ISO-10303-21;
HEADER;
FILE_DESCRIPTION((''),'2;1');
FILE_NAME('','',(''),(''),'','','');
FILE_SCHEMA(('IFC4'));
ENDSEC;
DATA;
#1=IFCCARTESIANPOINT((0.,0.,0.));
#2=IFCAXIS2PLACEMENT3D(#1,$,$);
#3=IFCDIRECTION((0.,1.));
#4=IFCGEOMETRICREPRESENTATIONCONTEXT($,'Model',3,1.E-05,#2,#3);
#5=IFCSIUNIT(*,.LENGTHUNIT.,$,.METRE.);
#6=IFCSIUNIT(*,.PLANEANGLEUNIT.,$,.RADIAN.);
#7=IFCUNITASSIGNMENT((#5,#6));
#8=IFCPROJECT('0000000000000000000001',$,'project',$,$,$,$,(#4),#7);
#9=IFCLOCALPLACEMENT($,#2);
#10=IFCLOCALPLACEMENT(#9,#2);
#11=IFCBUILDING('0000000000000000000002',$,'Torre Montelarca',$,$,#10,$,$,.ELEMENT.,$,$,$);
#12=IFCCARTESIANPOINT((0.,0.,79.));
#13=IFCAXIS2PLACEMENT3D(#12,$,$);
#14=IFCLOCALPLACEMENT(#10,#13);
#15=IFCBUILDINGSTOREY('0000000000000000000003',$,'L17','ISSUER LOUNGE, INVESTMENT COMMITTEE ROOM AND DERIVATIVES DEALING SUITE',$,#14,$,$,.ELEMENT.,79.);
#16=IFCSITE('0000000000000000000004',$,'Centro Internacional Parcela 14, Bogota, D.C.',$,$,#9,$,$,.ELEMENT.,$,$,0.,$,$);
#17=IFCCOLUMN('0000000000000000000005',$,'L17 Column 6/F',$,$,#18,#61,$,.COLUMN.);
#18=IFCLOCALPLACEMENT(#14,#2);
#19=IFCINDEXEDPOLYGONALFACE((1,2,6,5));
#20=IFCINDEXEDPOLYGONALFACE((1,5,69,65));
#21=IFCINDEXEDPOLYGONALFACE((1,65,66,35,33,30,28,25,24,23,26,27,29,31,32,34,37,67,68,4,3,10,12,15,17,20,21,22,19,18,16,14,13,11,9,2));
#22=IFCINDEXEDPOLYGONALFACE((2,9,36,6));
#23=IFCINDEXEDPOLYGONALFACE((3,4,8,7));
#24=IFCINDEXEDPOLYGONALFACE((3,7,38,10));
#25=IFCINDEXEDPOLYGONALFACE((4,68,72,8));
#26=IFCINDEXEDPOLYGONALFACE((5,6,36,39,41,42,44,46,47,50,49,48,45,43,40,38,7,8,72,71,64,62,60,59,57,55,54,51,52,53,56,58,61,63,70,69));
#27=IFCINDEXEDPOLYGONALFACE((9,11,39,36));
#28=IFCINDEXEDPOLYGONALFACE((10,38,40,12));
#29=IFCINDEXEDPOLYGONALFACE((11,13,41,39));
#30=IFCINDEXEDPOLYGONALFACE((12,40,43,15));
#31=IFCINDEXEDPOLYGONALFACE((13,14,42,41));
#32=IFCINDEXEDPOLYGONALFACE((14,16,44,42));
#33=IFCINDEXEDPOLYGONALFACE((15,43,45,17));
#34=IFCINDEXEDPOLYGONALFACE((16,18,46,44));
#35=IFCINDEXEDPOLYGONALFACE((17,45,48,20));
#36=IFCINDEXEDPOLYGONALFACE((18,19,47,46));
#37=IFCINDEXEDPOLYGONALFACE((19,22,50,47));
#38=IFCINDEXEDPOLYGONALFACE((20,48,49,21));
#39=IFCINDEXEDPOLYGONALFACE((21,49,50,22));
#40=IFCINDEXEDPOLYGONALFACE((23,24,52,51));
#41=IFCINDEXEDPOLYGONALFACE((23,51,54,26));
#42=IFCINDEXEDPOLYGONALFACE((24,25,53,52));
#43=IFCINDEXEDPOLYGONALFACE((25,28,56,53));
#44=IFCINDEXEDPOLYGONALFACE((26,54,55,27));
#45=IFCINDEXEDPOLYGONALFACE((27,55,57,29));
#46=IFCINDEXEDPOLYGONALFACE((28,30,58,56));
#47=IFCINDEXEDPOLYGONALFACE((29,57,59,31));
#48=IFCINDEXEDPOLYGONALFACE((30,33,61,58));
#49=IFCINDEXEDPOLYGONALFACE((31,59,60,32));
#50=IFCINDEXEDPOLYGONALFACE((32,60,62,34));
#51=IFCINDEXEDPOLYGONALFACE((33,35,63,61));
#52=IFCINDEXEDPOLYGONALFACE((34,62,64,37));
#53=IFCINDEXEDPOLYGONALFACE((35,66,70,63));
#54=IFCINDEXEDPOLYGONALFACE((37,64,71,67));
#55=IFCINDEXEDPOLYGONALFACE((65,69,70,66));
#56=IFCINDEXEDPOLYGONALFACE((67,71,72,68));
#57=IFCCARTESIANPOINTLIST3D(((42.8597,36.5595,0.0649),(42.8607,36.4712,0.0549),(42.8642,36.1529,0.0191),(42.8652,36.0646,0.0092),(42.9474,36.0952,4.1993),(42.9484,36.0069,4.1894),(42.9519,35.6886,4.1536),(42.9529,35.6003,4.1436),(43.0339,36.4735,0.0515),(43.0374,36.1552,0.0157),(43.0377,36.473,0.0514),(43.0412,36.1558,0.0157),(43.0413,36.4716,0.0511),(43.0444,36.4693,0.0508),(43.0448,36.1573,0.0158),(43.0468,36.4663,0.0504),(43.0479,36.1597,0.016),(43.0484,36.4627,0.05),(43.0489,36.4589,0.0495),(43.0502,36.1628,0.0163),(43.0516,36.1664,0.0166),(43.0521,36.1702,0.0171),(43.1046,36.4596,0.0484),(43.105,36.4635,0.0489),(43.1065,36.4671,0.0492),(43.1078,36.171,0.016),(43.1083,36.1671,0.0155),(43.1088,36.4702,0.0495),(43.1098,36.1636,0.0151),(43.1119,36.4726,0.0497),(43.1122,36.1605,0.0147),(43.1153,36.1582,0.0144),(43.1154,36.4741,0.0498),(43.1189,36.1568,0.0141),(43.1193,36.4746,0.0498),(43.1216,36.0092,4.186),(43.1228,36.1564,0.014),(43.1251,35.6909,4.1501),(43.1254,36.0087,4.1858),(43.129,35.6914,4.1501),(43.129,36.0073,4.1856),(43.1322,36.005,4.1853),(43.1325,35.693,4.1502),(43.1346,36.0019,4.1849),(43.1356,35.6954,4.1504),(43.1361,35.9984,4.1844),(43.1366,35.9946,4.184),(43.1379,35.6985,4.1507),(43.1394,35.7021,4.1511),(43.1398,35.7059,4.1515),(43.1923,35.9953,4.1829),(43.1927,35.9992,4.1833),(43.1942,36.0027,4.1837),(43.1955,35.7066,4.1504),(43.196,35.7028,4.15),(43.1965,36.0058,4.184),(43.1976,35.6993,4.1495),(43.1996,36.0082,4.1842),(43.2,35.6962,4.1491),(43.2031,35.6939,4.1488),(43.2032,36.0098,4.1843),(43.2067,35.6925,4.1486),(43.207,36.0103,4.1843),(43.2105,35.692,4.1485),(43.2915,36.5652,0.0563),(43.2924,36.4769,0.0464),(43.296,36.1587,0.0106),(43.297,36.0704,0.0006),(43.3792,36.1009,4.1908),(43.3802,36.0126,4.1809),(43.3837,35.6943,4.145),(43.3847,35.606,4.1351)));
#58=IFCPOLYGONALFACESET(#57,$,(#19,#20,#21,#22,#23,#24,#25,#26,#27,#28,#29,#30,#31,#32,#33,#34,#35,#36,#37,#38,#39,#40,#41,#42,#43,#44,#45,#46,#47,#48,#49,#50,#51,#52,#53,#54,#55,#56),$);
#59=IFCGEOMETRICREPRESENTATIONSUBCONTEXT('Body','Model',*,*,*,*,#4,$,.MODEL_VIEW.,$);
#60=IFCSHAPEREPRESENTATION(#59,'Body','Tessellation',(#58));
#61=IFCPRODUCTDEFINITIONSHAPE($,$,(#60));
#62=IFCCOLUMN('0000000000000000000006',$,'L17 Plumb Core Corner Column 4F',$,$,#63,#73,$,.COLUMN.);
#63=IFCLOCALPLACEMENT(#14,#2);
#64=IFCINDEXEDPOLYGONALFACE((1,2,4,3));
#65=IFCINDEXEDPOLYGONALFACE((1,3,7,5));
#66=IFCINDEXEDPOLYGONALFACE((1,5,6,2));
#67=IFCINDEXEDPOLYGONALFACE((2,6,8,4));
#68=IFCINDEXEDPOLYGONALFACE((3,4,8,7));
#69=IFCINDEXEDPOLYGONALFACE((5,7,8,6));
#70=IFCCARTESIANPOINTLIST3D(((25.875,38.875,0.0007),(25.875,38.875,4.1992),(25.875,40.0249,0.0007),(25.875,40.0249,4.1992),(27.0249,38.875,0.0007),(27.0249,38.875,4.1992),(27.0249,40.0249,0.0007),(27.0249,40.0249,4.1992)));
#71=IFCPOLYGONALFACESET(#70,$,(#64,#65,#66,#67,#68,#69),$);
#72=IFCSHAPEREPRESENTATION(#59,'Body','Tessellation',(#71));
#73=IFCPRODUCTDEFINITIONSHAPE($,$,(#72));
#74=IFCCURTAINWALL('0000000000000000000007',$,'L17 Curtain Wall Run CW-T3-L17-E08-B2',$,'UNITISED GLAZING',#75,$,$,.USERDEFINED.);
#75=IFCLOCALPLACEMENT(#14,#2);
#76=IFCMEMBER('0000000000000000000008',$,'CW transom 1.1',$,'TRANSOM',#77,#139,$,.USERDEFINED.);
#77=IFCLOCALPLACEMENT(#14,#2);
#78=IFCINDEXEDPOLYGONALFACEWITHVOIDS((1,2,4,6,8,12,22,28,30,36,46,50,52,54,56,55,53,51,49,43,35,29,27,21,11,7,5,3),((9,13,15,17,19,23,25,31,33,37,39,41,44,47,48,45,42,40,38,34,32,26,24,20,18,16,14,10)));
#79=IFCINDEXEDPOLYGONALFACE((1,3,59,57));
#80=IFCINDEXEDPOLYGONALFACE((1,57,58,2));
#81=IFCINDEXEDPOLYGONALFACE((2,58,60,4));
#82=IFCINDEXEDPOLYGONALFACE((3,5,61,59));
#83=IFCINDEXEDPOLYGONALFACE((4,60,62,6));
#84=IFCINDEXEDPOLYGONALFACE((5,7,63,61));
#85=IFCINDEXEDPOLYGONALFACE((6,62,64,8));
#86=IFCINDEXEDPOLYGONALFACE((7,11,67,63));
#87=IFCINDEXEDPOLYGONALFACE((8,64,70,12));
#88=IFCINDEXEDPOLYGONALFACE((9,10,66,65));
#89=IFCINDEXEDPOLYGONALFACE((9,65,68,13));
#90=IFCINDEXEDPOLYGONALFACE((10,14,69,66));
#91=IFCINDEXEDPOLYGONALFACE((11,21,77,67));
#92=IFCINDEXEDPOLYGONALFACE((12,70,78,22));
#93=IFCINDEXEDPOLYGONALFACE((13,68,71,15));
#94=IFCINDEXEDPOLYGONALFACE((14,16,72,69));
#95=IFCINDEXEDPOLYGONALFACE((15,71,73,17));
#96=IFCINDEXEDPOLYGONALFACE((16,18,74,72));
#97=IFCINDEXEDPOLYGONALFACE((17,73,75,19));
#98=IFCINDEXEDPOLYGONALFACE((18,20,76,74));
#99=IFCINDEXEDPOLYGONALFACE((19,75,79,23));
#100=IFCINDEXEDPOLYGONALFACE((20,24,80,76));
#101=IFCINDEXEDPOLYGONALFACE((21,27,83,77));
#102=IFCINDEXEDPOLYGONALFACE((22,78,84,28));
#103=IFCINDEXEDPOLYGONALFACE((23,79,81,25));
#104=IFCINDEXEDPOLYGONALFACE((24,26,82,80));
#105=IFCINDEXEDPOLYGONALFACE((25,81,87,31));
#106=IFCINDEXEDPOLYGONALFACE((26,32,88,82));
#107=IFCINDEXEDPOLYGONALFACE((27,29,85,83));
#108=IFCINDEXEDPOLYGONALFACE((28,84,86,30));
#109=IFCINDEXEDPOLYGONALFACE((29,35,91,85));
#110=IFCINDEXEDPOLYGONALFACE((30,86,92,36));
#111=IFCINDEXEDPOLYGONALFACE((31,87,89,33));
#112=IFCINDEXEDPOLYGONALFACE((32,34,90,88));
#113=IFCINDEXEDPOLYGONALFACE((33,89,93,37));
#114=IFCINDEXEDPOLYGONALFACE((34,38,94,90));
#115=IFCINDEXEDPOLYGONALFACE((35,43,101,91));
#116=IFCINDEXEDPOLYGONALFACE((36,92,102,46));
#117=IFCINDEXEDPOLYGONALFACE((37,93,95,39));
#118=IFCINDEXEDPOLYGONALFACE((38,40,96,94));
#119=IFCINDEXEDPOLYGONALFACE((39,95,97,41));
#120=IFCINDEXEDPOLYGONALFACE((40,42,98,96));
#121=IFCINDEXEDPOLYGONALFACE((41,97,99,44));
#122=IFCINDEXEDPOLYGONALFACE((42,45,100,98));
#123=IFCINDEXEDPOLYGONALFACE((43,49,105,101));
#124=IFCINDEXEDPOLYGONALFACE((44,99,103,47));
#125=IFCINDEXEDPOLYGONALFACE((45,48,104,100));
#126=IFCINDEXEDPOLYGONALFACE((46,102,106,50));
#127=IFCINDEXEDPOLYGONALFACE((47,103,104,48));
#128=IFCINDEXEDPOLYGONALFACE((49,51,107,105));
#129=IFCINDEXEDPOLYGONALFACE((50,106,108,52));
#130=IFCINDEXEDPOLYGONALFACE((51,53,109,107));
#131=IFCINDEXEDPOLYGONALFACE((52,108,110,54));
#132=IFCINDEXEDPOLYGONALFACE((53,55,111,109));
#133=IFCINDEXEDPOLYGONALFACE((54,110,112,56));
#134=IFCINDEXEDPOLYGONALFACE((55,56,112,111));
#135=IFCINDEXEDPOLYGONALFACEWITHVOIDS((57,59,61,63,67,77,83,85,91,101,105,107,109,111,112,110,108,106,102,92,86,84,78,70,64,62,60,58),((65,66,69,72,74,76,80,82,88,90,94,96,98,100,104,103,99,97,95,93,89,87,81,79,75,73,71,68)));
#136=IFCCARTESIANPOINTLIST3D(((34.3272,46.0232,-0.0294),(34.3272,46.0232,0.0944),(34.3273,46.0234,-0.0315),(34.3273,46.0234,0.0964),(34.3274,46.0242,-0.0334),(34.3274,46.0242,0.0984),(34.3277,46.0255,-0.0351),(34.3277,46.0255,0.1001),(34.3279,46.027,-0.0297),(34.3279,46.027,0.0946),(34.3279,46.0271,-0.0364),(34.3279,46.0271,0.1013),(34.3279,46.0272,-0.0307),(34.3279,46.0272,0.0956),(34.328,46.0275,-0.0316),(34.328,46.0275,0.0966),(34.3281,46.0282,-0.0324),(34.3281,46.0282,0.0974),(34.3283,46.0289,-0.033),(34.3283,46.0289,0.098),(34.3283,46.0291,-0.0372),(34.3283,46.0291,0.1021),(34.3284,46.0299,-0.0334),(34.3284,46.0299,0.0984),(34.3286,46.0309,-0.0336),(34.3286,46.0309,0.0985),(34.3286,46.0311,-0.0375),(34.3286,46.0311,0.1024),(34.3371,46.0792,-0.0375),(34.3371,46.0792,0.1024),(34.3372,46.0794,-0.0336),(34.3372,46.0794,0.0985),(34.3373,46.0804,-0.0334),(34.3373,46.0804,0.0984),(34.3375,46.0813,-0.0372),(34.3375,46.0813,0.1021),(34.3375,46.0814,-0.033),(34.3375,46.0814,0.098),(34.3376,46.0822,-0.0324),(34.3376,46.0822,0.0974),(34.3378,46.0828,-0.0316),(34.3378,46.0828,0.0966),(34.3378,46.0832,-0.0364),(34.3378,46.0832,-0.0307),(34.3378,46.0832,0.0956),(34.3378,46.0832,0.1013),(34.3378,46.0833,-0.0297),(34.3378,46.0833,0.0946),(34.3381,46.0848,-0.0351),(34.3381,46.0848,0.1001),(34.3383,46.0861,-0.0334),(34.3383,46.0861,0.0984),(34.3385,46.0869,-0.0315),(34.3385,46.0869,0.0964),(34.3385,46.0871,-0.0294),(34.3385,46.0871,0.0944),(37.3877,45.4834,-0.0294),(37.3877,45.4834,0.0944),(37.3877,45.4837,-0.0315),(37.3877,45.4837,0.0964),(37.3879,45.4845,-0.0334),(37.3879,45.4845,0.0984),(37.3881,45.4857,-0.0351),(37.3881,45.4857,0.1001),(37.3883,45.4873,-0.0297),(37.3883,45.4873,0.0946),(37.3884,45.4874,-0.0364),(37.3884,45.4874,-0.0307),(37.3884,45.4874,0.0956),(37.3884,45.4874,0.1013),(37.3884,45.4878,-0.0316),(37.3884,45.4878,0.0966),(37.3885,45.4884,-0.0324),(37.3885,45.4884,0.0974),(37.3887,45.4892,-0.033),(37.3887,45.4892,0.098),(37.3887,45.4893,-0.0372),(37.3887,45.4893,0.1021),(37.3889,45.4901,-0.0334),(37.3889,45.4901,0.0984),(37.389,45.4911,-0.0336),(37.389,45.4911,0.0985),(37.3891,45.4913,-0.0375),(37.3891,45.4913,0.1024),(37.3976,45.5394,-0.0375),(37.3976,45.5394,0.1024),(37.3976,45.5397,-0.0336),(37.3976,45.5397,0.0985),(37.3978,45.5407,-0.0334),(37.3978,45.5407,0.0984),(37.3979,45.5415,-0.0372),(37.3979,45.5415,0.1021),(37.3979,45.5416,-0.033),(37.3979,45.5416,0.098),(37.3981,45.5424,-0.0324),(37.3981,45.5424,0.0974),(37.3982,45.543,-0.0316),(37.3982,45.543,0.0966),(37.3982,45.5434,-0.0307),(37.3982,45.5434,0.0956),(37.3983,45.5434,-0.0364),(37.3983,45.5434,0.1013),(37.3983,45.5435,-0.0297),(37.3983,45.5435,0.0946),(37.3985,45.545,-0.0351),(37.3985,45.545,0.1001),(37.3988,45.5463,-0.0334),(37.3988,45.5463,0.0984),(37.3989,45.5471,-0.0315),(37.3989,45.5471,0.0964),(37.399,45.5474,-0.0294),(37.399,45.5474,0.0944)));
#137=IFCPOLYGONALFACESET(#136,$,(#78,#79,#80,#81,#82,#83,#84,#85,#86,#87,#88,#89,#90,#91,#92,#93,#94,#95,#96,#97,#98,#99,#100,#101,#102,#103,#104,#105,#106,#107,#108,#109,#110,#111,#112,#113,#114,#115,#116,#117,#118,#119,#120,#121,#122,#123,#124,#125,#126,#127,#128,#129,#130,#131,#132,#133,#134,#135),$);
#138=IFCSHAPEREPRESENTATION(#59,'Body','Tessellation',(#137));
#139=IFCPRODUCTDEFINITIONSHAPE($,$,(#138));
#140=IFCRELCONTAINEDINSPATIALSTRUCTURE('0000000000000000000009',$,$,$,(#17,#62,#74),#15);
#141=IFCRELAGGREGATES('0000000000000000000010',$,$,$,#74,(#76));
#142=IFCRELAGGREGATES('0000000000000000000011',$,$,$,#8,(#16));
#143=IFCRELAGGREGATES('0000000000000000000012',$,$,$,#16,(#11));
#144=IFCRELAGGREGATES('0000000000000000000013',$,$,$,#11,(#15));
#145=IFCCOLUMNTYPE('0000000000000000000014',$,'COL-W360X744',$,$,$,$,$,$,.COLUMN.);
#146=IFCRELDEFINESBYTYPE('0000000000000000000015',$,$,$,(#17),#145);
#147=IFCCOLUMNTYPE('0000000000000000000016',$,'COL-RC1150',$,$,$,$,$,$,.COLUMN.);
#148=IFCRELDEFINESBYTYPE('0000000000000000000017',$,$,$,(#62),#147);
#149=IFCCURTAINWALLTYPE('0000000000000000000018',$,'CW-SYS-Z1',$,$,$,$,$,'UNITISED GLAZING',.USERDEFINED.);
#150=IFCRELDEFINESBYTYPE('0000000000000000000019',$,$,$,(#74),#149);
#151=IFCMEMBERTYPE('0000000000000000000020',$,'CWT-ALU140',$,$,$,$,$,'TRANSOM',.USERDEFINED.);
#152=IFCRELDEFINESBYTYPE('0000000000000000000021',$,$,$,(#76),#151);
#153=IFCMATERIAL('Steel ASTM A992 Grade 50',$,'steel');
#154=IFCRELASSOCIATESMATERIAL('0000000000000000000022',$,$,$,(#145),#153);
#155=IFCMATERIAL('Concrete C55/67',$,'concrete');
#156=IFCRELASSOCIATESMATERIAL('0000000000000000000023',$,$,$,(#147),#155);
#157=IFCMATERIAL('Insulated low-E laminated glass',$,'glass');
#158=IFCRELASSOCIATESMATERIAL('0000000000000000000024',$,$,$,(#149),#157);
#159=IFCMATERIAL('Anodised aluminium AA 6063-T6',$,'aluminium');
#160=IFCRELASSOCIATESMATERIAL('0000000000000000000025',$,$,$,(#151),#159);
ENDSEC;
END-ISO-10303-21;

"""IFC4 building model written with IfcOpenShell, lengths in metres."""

from ifc_helpers import new_model, si_unit, direction, frame, origin, origin_2d, place, context, subcontext, project, spatial, rectangle, hollow_rectangle, i_section, extrude, clip, halfspace, source, transform, mapped, material, material_profile, profile_set, type_object, element, aggregate, save


model = new_model("IFC4")

# Units and contexts
model_context = context("Model", 3, precision=1e-05, world=origin(), true_north=direction((0.0, 1.0)))
body_context = subcontext(model_context, "Body", "Model", "MODEL_VIEW")
ifc_project = project(units=[si_unit("LENGTHUNIT", "METRE"), si_unit("PLANEANGLEUNIT", "RADIAN")], contexts=[model_context])

# Site, building, storey
site_placement = place(None, origin())
site = spatial("IfcSite", under=ifc_project, at=site_placement, Name="Centro Internacional Parcela 14, Bogota, D.C.", CompositionType="ELEMENT", RefElevation=0.0)
building_placement = place(site_placement, origin())
building = spatial("IfcBuilding", under=site, at=building_placement, Name="Torre Montelarca", CompositionType="ELEMENT")
storey_placement = place(building_placement, frame((0.0, 0.0, 79.0)))
storey = spatial("IfcBuildingStorey", under=building, at=storey_placement, Name="L17", Description="ISSUER LOUNGE, INVESTMENT COMMITTEE ROOM AND DERIVATIVES DEALING SUITE", CompositionType="ELEMENT", Elevation=79.0)

# Columns
ifc_material_1 = material(Name="Steel ASTM A992 Grade 50", Category="steel")
ifc_material_profile_1 = material_profile(ifc_material_1, i_section(OverallWidth=0.4319, OverallDepth=0.498, WebThickness=0.0557, FlangeThickness=0.0889, FilletRadius=0.0149, at=origin_2d()), Name="W360X744", Category="steel")
ifc_profile_set_1 = profile_set([ifc_material_profile_1], Name="Steel ASTM A992 Grade 50")
column_type_1 = type_object("IfcColumnType", Name="COL-W360X744", PredefinedType="COLUMN", material=ifc_profile_set_1)
column_1_placement = place(storey_placement, frame((43.0776, 36.3186, 0.0), z_axis=(0.02108, -0.11158, 0.993532), x_axis=(-0.999717, -0.013293, 0.019718)))
element("IfcColumn", 1, at=column_1_placement, inside=storey, type_object=column_type_1, Name="L17 Column 6/F", PredefinedType="COLUMN", context=body_context, shape_type="Clipping", body=[
    clip(clip(extrude(i_section(OverallWidth=0.4319, OverallDepth=0.498, WebThickness=0.0557, FlangeThickness=0.0889, FilletRadius=0.0149, at=origin_2d()), origin(), (0.0, 0.0, 1.0), 4.2273), halfspace(frame((0.0, 0.0, 0.033), z_axis=(0.0, 0.0, -1.0), x_axis=(1.0, 0.0, 0.0)), False)), halfspace(frame((0.0, 0.0, 4.1943), z_axis=(0.0, 0.0, 1.0), x_axis=(1.0, 0.0, 0.0)), False)),
])
ifc_material_2 = material(Name="Concrete C55/67", Category="concrete")
ifc_material_profile_2 = material_profile(ifc_material_2, rectangle(XDim=1.1499, YDim=1.1499, at=origin_2d()), Name="RC1150X1150", Category="concrete")
ifc_profile_set_2 = profile_set([ifc_material_profile_2], Name="Concrete C55/67")
column_type_2 = type_object("IfcColumnType", Name="COL-RC1150", PredefinedType="COLUMN", material=ifc_profile_set_2)
shared_shape_1 = source(origin(), body_context, "Body", "SweptSolid", [
    extrude(rectangle(XDim=1.1499, YDim=1.1499, at=origin_2d()), origin(), (0.0, 0.0, 1.0), 4.1985),
])
column_2_placement = place(storey_placement, frame((26.45, 39.45, 0.0007), z_axis=(0.0, 0.0, 1.0), x_axis=(1.0, 0.0, 0.0)))
element("IfcColumn", 2, at=column_2_placement, inside=storey, type_object=column_type_2, Name="L17 Plumb Core Corner Column 4F", PredefinedType="COLUMN", context=body_context, shape_type="MappedRepresentation", body=[
    mapped(shared_shape_1, transform((0.0, 0.0, 0.0), scale=1.0)),
])

# Curtain wall, member
ifc_material_3 = material(Name="Insulated low-E laminated glass", Category="glass")
curtain_wall_type = type_object("IfcCurtainWallType", Name="CW-SYS-Z1", ElementType="UNITISED GLAZING", PredefinedType="USERDEFINED", material=ifc_material_3)
curtain_wall_1_placement = place(storey_placement, origin())
curtain_wall_1 = element("IfcCurtainWall", 3, at=curtain_wall_1_placement, inside=storey, type_object=curtain_wall_type, Name="L17 Curtain Wall Run CW-T3-L17-E08-B2", ObjectType="UNITISED GLAZING", PredefinedType="USERDEFINED")
ifc_material_4 = material(Name="Anodised aluminium AA 6063-T6", Category="aluminium")
ifc_material_profile_3 = material_profile(ifc_material_4, hollow_rectangle(XDim=0.0649, YDim=0.1399, WallThickness=0.0039, InnerFilletRadius=0.0039, OuterFilletRadius=0.0081, at=origin_2d()), Name="ALU65X140X4", Category="aluminium")
ifc_profile_set_3 = profile_set([ifc_material_profile_3], Name="Anodised aluminium AA 6063-T6")
member_type_1 = type_object("IfcMemberType", Name="CWT-ALU140", ElementType="TRANSOM", PredefinedType="USERDEFINED", material=ifc_profile_set_3)
shared_shape_2 = source(origin(), body_context, "Body", "SweptSolid", [
    extrude(hollow_rectangle(XDim=0.0649, YDim=0.1399, WallThickness=0.0039, InnerFilletRadius=0.0039, OuterFilletRadius=0.0081, at=origin_2d()), origin(), (0.0, 0.0, 1.0), 3.1077),
])
member_1_placement = place(storey_placement, frame((37.3933, 45.5154, 0.0325), z_axis=(-0.9848, 0.173691, 0.0), x_axis=(-0.173691, -0.9848, 0.0)))
member_1 = element("IfcMember", 4, at=member_1_placement, type_object=member_type_1, Name="CW transom 1.1", ObjectType="TRANSOM", PredefinedType="USERDEFINED", context=body_context, shape_type="MappedRepresentation", body=[
    mapped(shared_shape_2, transform((0.0, 0.0, 0.0), scale=1.0)),
])

aggregate(curtain_wall_1, [member_1])

save(model, "model.ifc")
